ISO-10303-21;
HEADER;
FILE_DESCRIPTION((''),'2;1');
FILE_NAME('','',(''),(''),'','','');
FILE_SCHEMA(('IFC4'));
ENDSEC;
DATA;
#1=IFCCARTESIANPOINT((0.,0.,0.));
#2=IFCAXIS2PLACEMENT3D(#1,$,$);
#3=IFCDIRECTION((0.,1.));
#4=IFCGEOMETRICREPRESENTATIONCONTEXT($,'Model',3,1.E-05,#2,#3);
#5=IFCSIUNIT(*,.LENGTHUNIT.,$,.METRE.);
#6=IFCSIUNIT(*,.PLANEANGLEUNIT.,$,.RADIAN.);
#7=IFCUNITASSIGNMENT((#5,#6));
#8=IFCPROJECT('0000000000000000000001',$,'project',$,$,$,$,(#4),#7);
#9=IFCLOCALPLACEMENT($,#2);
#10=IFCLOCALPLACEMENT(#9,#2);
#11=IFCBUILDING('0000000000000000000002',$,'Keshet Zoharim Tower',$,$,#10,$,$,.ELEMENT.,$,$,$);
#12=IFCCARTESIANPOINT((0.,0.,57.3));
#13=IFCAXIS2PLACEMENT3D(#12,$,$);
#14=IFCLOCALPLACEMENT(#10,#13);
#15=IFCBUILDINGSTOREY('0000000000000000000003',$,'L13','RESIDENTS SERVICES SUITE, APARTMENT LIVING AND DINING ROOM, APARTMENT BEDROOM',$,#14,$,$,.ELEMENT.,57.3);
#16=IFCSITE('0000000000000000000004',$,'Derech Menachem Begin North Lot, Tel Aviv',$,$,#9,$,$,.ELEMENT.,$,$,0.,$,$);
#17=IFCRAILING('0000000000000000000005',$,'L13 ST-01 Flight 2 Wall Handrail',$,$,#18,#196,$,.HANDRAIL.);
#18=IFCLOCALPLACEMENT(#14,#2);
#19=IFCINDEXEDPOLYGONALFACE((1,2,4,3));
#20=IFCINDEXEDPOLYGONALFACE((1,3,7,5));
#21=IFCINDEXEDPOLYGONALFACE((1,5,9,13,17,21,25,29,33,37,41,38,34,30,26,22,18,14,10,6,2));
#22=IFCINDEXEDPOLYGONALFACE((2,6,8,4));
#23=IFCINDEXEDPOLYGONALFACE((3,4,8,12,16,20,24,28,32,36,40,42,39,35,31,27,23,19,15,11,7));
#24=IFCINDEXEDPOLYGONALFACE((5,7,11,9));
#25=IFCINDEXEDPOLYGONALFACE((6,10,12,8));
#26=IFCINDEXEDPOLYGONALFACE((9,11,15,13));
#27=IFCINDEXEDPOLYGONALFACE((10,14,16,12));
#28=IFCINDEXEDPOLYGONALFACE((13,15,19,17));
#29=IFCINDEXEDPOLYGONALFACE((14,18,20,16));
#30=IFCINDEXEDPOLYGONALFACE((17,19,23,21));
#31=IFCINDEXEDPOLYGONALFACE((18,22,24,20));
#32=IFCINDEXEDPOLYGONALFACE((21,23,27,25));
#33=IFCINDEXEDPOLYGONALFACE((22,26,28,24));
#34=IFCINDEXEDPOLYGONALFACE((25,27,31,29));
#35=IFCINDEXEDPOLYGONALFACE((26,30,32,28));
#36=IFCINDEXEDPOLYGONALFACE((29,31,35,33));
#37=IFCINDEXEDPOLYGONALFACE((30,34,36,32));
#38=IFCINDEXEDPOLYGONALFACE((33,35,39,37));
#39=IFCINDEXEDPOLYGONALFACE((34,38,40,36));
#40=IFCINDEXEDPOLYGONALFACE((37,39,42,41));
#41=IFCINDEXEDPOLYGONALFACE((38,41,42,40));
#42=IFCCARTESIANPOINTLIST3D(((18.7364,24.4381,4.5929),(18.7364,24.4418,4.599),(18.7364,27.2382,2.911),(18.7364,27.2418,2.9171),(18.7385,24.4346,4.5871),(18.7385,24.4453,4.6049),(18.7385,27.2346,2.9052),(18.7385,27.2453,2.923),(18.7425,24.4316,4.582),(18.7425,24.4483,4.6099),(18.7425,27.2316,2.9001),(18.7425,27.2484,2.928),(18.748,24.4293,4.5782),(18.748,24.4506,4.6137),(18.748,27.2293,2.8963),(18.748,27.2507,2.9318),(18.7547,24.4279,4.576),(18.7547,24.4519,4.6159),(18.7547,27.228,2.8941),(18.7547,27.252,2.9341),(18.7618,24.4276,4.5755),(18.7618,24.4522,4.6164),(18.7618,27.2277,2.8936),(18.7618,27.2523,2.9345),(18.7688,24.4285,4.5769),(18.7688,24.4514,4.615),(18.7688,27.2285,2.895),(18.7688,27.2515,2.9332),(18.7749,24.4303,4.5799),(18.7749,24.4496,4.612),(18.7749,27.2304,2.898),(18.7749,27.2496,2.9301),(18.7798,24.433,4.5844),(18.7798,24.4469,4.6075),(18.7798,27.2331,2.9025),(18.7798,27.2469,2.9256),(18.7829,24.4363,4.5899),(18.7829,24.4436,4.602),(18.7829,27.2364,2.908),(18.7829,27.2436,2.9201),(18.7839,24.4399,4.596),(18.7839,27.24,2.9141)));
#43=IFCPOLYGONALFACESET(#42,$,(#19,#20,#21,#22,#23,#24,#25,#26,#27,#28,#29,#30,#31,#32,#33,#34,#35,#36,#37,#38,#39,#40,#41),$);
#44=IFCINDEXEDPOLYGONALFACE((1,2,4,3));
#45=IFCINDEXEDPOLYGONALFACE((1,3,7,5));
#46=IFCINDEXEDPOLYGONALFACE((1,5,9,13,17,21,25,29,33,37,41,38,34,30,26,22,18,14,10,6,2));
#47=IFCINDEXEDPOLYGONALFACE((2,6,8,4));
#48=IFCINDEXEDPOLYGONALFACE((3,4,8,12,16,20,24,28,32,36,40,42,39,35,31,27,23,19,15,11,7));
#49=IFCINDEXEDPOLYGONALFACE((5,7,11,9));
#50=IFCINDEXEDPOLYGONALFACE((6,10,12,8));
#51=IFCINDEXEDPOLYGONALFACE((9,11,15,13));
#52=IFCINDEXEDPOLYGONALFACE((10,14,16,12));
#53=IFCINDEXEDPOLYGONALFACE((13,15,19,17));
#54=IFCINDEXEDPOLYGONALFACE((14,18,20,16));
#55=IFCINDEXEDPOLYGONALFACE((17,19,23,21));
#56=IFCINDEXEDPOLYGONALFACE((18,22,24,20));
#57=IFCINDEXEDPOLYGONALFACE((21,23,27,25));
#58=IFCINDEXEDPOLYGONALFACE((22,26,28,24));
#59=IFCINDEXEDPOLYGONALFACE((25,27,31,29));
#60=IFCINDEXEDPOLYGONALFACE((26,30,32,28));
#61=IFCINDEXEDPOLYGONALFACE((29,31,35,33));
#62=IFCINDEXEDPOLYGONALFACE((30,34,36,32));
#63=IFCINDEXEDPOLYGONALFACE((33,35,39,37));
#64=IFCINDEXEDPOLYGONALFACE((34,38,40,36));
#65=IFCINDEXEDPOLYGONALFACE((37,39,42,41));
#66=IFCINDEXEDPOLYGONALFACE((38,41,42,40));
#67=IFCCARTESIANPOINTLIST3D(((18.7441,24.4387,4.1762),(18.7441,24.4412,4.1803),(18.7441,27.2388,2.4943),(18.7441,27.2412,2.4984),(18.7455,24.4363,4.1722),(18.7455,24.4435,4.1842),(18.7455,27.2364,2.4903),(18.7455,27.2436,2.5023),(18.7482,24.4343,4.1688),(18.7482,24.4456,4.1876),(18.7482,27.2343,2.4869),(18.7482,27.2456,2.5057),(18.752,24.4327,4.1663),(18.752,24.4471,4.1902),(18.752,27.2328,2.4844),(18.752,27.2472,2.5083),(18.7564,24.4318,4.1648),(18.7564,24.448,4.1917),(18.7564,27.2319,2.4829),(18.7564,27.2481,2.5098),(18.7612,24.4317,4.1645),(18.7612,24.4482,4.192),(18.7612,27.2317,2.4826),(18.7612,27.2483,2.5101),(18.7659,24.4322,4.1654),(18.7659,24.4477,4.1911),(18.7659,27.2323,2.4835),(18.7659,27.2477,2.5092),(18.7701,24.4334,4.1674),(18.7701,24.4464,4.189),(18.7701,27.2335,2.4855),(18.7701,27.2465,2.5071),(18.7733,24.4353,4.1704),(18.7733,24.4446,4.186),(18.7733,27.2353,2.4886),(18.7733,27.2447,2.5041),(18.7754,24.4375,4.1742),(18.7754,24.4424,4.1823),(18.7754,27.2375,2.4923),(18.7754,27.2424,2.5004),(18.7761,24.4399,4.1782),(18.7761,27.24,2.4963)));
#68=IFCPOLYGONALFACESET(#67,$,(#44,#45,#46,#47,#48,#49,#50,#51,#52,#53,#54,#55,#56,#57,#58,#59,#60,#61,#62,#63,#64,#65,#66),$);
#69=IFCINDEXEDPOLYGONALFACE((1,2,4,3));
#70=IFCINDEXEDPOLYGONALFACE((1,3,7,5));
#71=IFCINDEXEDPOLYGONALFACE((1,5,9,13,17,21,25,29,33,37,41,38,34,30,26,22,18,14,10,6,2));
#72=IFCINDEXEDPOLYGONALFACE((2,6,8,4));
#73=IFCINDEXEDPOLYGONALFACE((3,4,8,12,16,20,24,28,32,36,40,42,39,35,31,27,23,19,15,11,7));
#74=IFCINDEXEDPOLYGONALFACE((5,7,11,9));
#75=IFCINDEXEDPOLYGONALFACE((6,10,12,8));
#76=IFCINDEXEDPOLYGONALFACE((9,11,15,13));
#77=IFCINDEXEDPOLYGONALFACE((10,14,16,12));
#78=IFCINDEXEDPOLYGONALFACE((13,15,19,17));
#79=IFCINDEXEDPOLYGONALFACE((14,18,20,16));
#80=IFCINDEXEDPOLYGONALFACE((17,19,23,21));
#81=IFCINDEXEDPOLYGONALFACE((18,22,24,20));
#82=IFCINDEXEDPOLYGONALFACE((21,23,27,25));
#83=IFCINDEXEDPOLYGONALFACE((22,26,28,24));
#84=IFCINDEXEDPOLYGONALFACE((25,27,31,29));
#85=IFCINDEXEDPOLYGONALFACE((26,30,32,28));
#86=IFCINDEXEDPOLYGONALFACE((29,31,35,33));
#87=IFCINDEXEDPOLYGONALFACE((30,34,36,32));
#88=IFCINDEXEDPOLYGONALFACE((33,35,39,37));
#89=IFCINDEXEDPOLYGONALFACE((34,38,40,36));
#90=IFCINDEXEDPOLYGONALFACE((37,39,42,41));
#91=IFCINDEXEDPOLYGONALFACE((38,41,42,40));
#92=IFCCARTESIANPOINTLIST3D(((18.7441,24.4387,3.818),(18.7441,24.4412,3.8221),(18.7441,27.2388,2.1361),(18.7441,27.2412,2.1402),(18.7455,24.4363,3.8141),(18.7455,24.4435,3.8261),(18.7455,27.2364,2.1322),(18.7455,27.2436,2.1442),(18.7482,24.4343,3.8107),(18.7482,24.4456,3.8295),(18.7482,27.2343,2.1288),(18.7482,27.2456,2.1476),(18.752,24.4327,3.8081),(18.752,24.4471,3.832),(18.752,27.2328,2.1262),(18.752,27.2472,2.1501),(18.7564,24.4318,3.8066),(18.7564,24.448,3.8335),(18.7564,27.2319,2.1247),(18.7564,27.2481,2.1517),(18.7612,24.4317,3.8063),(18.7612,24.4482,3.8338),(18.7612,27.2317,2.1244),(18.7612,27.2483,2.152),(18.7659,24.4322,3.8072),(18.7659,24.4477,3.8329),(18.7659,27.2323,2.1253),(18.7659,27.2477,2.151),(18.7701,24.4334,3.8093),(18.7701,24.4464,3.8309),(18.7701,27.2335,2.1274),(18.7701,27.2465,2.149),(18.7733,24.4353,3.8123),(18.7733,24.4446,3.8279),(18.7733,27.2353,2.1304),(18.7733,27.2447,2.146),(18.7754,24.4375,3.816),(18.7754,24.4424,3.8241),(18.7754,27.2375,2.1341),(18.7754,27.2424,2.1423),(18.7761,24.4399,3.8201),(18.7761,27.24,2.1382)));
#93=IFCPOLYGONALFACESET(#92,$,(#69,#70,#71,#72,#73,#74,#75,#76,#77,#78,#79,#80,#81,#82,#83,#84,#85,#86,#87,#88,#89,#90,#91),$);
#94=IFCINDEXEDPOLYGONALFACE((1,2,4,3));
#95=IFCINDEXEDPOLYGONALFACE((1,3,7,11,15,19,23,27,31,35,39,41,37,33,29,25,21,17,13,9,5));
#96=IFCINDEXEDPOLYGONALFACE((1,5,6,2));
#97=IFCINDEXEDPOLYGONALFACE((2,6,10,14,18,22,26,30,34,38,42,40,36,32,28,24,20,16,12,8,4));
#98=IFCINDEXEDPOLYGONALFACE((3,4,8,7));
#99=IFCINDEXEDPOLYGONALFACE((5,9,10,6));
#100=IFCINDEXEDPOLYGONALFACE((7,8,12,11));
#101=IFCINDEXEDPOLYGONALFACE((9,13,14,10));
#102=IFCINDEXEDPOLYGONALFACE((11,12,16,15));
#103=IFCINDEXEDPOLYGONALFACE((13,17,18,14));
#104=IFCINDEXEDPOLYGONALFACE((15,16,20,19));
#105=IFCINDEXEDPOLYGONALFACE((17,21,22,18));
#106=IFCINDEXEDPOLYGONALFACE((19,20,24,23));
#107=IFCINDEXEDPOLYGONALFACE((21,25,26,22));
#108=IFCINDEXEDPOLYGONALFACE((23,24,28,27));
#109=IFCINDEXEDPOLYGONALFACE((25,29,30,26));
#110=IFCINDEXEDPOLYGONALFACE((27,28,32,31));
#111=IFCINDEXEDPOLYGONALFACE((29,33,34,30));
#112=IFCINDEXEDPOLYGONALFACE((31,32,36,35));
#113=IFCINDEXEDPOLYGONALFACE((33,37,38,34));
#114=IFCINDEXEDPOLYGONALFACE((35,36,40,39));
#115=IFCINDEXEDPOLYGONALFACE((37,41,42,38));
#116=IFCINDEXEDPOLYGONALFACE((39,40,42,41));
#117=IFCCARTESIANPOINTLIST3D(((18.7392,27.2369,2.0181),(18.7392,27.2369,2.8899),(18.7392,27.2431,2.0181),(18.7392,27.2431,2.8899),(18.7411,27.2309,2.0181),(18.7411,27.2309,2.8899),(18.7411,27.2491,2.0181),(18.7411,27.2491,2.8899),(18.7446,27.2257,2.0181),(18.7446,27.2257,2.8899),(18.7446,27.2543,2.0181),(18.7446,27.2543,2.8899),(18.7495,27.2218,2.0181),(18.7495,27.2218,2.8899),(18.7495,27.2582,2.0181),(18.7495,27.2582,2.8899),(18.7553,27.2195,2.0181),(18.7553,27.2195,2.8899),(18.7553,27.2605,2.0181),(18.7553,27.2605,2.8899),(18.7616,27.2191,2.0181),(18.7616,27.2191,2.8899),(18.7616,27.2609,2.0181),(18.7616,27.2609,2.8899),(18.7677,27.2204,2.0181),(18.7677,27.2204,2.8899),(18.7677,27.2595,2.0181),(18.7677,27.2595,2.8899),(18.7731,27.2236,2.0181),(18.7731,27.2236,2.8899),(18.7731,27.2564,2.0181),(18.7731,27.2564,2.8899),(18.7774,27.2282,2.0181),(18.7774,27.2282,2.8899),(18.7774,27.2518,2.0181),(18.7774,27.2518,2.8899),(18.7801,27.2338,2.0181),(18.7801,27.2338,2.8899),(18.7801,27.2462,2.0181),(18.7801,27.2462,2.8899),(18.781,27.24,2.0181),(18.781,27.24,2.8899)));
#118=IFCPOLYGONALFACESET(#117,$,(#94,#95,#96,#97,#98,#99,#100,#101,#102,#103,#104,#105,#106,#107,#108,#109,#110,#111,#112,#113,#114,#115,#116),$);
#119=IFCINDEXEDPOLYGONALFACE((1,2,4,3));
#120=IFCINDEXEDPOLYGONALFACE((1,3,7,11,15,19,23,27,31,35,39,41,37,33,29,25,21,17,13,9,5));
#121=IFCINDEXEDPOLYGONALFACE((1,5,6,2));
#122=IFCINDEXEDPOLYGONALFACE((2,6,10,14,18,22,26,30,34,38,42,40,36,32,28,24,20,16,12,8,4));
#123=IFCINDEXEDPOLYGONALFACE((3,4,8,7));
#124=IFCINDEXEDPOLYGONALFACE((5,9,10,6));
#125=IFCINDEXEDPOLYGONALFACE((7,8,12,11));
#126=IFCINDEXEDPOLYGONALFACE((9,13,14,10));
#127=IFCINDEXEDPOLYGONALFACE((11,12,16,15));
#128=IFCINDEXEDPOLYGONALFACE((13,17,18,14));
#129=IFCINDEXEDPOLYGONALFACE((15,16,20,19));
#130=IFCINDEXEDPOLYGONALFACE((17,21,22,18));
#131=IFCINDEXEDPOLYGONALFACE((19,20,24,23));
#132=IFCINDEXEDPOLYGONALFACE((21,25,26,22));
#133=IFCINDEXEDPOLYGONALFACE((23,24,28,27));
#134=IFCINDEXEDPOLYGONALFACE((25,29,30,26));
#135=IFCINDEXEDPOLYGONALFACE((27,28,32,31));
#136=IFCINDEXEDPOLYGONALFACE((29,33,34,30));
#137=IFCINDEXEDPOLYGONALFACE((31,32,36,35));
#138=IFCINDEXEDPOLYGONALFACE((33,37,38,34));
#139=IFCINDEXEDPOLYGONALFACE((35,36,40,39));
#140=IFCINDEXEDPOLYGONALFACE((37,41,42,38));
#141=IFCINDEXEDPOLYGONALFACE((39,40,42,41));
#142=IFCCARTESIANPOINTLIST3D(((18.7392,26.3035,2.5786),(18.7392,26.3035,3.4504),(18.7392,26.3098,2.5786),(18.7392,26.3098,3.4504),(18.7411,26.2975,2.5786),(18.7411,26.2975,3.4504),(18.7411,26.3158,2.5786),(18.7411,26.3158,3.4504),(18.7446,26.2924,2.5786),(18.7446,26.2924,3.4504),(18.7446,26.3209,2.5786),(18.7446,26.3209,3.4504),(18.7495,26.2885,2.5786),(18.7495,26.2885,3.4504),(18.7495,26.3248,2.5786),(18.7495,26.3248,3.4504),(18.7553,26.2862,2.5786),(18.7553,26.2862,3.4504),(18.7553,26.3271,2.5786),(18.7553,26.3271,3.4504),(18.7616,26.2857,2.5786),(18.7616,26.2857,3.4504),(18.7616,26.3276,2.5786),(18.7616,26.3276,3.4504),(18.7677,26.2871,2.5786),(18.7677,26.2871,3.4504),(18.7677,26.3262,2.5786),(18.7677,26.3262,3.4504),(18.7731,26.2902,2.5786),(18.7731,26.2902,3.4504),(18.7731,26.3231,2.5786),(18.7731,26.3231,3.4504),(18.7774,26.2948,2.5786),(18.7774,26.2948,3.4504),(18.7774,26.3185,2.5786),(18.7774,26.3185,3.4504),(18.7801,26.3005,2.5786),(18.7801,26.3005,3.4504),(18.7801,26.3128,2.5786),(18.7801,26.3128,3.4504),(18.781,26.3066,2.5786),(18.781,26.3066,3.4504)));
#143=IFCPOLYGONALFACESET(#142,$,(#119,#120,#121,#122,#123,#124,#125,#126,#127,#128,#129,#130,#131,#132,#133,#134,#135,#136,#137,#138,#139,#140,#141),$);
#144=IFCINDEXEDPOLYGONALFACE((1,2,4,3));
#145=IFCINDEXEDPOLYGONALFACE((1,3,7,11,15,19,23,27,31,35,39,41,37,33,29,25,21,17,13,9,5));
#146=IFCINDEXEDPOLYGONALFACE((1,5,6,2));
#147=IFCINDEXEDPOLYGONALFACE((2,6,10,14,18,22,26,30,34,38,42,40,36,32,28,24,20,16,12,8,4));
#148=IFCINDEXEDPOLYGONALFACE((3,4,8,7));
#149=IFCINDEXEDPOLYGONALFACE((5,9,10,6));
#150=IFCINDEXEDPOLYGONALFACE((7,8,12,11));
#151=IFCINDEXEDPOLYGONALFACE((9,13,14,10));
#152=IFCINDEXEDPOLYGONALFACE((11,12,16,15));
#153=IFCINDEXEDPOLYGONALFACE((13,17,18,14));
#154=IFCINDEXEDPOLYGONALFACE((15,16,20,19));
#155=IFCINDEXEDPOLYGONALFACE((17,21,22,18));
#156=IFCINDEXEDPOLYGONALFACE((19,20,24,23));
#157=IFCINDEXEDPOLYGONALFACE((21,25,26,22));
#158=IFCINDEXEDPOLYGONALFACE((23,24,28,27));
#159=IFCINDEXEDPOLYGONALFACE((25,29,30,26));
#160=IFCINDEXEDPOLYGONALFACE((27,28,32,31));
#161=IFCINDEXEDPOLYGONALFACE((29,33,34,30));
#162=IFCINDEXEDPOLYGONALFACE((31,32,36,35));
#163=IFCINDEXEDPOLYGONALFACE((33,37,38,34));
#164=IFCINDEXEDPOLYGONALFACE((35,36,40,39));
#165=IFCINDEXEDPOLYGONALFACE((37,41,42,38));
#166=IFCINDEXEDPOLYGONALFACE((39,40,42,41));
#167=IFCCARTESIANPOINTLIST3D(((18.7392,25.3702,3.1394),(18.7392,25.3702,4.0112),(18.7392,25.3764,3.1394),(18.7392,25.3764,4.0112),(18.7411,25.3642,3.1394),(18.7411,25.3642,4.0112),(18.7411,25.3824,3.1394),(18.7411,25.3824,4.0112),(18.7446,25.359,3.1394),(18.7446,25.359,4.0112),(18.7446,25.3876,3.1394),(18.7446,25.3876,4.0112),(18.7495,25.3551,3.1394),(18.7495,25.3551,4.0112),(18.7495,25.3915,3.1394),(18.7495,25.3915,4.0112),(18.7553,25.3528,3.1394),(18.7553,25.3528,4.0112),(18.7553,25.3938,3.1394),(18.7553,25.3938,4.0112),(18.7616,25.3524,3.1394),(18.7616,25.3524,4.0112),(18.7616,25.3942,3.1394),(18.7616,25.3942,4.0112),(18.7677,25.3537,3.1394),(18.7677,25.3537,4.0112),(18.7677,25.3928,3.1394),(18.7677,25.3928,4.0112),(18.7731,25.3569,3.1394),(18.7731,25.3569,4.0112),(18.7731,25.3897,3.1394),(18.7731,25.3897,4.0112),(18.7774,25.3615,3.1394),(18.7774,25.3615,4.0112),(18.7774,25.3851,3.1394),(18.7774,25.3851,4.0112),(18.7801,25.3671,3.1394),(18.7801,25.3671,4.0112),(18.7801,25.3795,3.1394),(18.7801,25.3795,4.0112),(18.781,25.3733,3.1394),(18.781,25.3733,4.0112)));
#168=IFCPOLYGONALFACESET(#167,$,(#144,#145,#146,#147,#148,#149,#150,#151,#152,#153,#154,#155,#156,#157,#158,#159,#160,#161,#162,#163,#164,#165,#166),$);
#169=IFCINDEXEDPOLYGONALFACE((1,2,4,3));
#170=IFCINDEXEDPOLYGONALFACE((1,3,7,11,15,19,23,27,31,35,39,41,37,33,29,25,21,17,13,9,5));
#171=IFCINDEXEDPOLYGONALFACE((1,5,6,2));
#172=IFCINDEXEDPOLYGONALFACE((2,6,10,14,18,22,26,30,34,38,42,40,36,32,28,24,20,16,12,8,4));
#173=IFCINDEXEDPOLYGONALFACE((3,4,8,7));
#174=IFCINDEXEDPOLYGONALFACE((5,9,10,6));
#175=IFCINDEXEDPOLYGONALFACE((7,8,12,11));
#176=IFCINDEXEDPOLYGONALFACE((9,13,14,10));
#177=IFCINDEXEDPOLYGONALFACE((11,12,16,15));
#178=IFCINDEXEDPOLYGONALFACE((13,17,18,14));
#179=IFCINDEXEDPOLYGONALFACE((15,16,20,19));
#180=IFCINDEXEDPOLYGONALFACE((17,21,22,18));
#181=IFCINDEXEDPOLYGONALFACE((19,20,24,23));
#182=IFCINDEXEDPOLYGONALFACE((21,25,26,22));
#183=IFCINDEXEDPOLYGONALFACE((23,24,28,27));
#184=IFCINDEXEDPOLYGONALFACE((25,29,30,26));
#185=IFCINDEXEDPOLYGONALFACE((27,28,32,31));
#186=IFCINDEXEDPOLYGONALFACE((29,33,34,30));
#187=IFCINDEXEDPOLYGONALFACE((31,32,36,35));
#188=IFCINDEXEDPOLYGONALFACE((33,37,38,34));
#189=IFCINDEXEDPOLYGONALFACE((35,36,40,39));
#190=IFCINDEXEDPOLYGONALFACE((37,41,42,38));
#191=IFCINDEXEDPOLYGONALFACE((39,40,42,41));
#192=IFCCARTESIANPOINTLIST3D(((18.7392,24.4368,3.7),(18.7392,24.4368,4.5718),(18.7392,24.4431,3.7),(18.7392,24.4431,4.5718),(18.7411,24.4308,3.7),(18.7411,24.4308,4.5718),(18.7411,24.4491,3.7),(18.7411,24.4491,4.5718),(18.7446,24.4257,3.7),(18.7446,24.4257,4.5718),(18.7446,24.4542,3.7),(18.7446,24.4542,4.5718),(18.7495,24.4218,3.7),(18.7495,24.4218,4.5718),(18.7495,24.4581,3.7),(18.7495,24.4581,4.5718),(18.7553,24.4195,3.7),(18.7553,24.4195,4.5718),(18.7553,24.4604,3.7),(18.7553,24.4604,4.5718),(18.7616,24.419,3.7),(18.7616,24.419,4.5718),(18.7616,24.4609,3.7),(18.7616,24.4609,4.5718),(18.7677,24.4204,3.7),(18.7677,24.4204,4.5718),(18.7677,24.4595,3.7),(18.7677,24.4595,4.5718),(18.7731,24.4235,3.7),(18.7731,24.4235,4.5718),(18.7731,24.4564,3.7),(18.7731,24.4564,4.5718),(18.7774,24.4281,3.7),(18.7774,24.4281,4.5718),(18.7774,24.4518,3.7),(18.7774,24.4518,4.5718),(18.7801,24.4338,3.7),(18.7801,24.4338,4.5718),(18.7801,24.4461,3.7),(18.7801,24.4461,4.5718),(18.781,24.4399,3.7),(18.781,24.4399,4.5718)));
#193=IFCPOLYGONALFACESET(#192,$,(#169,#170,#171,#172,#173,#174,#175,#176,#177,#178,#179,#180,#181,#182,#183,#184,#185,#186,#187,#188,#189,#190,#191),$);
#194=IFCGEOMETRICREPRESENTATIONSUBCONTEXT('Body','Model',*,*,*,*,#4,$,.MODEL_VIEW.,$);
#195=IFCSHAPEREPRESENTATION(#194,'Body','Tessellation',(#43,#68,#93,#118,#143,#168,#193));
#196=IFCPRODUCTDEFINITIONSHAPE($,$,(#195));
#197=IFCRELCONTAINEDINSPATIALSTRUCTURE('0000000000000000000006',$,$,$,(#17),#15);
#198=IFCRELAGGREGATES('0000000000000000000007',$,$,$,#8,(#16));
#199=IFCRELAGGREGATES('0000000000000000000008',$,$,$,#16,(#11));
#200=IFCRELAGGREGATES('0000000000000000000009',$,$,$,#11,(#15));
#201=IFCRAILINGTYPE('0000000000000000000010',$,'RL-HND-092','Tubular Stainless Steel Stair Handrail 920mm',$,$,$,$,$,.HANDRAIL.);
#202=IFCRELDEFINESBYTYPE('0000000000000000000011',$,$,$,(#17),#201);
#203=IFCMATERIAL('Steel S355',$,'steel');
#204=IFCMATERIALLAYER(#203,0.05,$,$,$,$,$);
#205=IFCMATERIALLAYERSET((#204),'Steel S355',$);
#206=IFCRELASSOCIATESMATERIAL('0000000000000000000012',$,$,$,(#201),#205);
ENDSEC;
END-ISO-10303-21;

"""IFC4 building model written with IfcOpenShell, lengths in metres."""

from ifc_helpers import new_model, si_unit, direction, frame, origin, origin_2d, place, context, subcontext, project, spatial, circle, extrude, material, layer, layer_set, type_object, element, save


model = new_model("IFC4")

# Units and contexts
model_context = context("Model", 3, precision=1e-05, world=origin(), true_north=direction((0.0, 1.0)))
body_context = subcontext(model_context, "Body", "Model", "MODEL_VIEW")
ifc_project = project(units=[si_unit("LENGTHUNIT", "METRE"), si_unit("PLANEANGLEUNIT", "RADIAN")], contexts=[model_context])

# Site, building, storey
site_placement = place(None, origin())
site = spatial("IfcSite", under=ifc_project, at=site_placement, Name="Derech Menachem Begin North Lot, Tel Aviv", CompositionType="ELEMENT", RefElevation=0.0)
building_placement = place(site_placement, origin())
building = spatial("IfcBuilding", under=site, at=building_placement, Name="Keshet Zoharim Tower", CompositionType="ELEMENT")
storey_placement = place(building_placement, frame((0.0, 0.0, 57.3)))
storey = spatial("IfcBuildingStorey", under=building, at=storey_placement, Name="L13", Description="RESIDENTS SERVICES SUITE, APARTMENT LIVING AND DINING ROOM, APARTMENT BEDROOM", CompositionType="ELEMENT", Elevation=57.3)

# Shared definitions
ifc_material_1 = material(Name="Steel S355", Category="steel")

# Railing
ifc_layer_1 = layer(ifc_material_1, 0.05)
ifc_layer_set_1 = layer_set([ifc_layer_1], Name="Steel S355")
railing_type_1 = type_object("IfcRailingType", Name="RL-HND-092", Description="Tubular Stainless Steel Stair Handrail 920mm", PredefinedType="HANDRAIL", material=ifc_layer_set_1)
railing_1_placement = place(storey_placement, frame((18.76, 27.24, 2.0181)))
element("IfcRailing", 1, at=railing_1_placement, inside=storey, type_object=railing_type_1, Name="L13 ST-01 Flight 2 Wall Handrail", PredefinedType="HANDRAIL", context=body_context, shape_type="SweptSolid", body=[
    extrude(circle(Radius=0.0239, at=origin_2d()), frame((0.0, 0.0, 0.896), z_axis=(0.0, -0.857242, 0.514913), x_axis=(1.0, 0.0, 0.0)), (0.0, 0.0, 1.0), 3.2664),
    extrude(circle(Radius=0.0161, at=origin_2d()), frame((0.0, 0.0, 0.4783), z_axis=(0.0, -0.857242, 0.514913), x_axis=(1.0, 0.0, 0.0)), (0.0, 0.0, 1.0), 3.2664),
    extrude(circle(Radius=0.0161, at=origin_2d()), frame((0.0, 0.0, 0.1201), z_axis=(0.0, -0.857242, 0.514913), x_axis=(1.0, 0.0, 0.0)), (0.0, 0.0, 1.0), 3.2664),
    extrude(circle(Radius=0.021, at=origin_2d()), origin(), (0.0, 0.0, 1.0), 0.8718),
    extrude(circle(Radius=0.021, at=origin_2d()), frame((0.0, -0.9333, 0.5605)), (0.0, 0.0, 1.0), 0.8718),
    extrude(circle(Radius=0.021, at=origin_2d()), frame((0.0, -1.8667, 1.1213)), (0.0, 0.0, 1.0), 0.8718),
    extrude(circle(Radius=0.021, at=origin_2d()), frame((0.0, -2.8, 1.6819)), (0.0, 0.0, 1.0), 0.8718),
])

save(model, "model.ifc")
